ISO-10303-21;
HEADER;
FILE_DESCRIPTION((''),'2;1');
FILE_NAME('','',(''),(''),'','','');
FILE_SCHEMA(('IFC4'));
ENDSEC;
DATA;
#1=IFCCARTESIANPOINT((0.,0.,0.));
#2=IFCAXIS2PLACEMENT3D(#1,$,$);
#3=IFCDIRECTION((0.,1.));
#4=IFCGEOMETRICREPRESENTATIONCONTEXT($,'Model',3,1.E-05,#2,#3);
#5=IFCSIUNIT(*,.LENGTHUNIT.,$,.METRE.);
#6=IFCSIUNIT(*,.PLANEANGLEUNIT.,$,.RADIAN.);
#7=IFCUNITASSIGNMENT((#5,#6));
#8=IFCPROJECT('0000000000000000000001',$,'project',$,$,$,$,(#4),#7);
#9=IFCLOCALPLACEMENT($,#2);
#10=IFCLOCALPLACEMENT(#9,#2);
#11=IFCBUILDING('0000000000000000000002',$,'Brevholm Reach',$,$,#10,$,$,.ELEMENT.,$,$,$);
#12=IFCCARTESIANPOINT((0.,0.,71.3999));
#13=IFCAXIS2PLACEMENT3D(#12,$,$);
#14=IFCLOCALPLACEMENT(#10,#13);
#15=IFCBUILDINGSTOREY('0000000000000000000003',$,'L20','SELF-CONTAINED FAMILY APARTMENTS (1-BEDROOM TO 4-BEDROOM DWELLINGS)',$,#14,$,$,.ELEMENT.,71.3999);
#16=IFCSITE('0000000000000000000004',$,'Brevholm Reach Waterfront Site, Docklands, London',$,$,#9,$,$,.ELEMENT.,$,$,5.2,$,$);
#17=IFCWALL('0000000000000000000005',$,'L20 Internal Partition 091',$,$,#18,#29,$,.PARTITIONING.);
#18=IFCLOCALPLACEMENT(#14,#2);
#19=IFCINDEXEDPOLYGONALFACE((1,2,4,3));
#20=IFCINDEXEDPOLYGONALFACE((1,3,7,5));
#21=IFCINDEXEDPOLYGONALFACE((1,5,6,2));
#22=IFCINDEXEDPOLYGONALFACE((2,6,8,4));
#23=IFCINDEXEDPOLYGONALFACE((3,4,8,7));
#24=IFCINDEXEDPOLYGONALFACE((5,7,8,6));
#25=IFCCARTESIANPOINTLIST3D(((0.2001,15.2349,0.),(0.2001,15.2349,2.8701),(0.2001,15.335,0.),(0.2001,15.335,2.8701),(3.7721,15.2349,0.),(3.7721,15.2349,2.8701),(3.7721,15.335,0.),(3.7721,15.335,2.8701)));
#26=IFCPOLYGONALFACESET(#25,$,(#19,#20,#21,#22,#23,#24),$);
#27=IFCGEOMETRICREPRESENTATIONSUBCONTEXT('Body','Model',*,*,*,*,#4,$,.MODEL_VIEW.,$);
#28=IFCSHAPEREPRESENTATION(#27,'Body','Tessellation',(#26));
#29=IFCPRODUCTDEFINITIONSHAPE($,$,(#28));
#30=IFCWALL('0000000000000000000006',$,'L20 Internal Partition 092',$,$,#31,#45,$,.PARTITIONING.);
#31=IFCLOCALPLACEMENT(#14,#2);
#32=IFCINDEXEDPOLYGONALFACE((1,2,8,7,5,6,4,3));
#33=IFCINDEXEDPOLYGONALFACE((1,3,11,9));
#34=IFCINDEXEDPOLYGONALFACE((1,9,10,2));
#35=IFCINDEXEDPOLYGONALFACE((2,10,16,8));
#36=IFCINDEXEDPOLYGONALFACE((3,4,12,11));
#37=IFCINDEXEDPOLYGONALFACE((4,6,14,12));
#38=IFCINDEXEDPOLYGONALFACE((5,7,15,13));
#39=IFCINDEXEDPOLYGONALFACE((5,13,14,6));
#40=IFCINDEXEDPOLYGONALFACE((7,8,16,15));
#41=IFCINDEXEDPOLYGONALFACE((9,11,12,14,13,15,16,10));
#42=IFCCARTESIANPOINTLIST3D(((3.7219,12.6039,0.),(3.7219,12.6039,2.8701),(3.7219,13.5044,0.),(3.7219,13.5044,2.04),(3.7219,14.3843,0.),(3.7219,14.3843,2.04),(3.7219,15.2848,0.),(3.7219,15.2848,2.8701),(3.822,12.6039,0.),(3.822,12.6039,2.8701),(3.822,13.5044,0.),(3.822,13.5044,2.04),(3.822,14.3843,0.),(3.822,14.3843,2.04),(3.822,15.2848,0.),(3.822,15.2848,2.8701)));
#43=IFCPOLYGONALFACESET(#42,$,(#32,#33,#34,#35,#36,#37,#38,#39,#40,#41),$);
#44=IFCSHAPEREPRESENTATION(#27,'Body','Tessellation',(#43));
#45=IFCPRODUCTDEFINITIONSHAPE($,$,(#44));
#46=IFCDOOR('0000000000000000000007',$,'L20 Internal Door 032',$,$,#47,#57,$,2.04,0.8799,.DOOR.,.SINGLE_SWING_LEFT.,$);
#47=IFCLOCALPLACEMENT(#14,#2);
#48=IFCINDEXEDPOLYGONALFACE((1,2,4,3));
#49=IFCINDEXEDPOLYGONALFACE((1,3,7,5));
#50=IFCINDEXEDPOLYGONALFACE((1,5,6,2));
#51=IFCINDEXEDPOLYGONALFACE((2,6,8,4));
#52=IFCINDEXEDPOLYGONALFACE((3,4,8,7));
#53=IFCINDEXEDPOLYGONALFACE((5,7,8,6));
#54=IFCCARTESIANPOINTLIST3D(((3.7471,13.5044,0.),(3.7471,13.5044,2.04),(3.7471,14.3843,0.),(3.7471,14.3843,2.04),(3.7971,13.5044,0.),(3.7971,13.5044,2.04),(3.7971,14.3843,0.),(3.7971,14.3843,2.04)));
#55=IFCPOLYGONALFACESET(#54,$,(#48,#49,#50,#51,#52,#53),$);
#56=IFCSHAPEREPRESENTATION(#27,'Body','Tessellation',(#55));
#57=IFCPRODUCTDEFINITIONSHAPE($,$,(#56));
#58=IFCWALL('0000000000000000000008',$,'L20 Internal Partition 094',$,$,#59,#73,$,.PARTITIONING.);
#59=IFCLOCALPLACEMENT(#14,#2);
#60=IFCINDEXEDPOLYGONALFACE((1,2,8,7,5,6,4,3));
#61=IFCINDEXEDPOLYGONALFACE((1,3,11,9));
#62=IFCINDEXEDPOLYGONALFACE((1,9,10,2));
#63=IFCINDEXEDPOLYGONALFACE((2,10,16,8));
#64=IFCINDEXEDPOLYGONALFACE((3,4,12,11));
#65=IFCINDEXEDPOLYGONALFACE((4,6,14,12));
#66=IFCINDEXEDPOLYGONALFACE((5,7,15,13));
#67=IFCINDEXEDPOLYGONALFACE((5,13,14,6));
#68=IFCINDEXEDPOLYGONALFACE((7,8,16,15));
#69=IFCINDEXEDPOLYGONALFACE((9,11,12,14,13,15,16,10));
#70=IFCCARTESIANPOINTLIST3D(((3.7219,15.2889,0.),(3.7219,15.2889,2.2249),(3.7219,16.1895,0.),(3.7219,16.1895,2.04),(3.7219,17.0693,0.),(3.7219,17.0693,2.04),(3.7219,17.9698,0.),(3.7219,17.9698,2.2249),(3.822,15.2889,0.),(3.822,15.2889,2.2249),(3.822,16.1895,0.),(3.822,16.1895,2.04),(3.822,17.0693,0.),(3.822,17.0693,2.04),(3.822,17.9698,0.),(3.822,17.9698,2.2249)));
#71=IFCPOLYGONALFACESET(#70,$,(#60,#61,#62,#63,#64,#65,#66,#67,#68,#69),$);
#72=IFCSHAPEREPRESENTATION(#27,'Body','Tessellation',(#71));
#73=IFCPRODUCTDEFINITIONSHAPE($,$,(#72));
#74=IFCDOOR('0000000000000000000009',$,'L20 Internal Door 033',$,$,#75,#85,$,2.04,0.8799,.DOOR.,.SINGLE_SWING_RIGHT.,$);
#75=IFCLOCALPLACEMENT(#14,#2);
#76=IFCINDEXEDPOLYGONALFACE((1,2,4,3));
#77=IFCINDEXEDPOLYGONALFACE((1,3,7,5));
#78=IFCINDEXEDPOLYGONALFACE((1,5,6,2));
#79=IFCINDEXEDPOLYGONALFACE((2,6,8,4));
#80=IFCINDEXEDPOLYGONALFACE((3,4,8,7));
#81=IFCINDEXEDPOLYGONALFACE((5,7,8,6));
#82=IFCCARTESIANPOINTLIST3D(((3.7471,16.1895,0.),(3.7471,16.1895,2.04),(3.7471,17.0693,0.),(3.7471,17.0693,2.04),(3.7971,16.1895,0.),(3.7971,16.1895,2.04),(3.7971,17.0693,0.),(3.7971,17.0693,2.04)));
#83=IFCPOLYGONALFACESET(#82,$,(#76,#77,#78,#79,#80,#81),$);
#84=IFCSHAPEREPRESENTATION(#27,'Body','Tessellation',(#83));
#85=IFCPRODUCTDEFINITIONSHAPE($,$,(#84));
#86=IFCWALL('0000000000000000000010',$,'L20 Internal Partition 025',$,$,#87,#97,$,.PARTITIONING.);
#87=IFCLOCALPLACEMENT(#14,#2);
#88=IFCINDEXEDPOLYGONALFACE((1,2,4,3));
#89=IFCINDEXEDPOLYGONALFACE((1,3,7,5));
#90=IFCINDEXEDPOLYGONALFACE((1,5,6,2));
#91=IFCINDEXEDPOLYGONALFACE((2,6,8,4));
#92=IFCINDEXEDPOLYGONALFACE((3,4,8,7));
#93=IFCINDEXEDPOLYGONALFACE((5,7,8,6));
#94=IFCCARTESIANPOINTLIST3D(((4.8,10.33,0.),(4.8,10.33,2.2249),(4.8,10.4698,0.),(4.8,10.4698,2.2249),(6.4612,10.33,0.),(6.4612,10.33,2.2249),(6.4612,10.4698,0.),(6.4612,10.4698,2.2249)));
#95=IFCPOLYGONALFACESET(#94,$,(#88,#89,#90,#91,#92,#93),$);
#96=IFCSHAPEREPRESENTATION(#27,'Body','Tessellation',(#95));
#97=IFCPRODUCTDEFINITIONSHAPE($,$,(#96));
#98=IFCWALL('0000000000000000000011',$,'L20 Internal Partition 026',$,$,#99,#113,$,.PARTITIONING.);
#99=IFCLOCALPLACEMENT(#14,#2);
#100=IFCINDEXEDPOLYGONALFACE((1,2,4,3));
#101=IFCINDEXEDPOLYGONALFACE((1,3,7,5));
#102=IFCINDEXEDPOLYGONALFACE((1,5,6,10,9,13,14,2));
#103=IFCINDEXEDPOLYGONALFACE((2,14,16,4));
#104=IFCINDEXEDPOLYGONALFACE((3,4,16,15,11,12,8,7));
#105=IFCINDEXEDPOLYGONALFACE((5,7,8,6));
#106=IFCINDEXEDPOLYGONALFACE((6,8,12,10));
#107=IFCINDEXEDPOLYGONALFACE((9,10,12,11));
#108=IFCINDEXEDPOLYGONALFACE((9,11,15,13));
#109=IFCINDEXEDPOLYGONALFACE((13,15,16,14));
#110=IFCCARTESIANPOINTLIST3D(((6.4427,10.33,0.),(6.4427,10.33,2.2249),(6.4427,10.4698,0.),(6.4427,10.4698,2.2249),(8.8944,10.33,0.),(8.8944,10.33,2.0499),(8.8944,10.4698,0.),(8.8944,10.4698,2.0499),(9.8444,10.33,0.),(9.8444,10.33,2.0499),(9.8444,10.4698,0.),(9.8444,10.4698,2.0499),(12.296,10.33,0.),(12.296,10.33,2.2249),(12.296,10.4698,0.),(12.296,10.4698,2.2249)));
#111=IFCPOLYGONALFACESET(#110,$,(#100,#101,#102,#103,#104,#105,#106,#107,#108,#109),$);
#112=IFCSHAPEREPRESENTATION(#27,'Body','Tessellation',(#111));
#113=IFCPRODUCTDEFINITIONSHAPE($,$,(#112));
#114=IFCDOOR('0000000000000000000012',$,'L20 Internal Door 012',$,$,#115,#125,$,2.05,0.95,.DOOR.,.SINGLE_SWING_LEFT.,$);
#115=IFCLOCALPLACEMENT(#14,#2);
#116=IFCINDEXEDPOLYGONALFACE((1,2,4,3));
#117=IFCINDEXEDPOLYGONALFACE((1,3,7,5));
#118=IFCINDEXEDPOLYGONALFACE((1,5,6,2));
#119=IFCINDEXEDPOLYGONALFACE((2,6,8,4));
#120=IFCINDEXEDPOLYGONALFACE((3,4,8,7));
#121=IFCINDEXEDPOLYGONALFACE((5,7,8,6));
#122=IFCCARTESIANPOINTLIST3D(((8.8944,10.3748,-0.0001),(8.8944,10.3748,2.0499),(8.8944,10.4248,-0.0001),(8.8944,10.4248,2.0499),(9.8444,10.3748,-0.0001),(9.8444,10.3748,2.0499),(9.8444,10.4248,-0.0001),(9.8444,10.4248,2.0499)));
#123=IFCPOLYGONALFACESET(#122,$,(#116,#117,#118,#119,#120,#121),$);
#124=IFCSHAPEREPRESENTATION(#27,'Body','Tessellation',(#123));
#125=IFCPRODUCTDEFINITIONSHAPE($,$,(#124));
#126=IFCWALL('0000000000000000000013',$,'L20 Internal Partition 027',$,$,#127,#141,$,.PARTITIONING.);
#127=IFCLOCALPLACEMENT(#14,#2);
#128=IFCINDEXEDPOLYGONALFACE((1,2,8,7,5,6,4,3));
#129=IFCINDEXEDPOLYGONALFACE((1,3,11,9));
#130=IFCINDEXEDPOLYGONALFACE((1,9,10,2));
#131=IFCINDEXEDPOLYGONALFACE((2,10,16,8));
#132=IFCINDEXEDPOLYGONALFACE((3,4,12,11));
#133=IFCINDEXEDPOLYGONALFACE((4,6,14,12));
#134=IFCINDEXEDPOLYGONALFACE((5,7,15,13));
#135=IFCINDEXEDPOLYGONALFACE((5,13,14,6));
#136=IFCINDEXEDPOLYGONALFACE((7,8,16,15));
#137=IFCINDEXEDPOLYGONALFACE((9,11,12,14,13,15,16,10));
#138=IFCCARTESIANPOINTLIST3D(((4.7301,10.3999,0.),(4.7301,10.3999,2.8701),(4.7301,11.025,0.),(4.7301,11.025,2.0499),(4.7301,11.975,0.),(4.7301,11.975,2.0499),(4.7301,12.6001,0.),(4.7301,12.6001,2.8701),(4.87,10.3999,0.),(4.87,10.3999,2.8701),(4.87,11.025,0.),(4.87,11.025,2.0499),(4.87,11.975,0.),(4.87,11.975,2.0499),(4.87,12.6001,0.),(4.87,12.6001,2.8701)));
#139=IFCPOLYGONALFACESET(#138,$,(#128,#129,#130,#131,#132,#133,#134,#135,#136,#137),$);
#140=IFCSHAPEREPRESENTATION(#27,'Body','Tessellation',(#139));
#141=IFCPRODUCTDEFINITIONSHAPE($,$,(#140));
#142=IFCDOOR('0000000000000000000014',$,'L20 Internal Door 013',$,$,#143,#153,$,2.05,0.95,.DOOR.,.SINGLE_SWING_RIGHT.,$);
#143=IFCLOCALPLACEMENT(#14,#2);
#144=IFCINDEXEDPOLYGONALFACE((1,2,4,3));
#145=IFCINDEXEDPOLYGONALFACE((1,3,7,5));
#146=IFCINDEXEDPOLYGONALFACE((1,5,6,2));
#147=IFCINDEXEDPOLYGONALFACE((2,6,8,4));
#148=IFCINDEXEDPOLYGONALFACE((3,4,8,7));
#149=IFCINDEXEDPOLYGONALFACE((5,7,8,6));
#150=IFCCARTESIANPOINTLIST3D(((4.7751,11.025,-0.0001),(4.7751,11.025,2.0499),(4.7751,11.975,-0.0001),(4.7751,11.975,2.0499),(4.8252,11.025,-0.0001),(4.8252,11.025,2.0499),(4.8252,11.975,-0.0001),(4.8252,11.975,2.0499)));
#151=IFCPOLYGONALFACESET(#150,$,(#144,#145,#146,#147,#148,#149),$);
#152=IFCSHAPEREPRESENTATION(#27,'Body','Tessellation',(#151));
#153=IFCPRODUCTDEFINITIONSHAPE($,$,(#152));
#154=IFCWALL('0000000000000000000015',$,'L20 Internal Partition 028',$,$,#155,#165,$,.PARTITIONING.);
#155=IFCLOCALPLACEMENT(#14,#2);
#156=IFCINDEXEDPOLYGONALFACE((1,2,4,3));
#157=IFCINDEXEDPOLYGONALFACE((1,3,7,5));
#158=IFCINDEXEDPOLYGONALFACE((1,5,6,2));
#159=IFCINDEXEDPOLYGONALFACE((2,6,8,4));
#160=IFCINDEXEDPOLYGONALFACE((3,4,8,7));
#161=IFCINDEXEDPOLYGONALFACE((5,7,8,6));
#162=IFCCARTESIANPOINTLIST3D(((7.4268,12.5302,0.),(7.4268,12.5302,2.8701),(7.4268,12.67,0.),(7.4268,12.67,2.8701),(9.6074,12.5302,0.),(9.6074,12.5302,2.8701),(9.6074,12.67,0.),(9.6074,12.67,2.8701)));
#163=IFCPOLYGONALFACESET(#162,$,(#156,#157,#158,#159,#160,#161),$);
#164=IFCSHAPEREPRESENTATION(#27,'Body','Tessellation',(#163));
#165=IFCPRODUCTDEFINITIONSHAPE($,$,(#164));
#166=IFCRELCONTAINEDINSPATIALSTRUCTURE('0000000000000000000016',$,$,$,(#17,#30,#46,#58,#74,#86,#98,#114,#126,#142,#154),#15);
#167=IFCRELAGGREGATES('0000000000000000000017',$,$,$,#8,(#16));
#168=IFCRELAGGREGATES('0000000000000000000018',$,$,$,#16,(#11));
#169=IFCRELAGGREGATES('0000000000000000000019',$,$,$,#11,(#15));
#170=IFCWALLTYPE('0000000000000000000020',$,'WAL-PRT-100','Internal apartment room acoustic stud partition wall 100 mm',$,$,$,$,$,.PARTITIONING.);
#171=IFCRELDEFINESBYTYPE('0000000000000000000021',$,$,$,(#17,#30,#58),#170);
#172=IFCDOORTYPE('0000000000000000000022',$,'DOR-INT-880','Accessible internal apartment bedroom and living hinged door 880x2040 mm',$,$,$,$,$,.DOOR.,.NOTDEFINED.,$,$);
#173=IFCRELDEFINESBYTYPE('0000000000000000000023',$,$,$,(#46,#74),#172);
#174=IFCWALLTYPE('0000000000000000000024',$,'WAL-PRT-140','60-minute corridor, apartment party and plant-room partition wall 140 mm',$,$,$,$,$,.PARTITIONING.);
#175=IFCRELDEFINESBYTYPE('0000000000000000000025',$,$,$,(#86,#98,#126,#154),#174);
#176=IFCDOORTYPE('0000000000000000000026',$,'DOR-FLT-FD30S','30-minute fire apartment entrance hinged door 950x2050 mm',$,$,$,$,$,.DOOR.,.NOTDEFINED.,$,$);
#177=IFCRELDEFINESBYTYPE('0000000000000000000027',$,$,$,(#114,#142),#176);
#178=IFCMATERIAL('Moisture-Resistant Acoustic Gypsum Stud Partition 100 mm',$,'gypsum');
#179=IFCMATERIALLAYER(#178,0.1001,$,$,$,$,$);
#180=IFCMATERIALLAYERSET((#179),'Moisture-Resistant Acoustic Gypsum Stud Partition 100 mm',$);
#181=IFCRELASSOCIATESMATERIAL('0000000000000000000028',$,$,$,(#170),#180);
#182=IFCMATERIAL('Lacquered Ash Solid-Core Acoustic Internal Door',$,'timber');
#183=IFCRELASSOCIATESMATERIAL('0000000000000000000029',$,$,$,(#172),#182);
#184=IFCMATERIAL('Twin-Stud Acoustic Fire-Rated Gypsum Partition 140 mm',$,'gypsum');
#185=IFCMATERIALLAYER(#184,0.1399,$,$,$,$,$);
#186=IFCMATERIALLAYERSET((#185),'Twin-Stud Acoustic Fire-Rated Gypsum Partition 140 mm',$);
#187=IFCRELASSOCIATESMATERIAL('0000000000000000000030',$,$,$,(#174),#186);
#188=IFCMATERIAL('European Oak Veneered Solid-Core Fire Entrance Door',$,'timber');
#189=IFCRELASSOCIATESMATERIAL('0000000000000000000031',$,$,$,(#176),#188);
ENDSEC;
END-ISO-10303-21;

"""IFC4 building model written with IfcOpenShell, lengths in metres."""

from ifc_helpers import new_model, si_unit, direction, frame, frame_2d, origin, place, context, subcontext, project, spatial, rectangle, extrude, material, layer, layer_set, type_object, element, fill, save


model = new_model("IFC4")

# Units and contexts
model_context = context("Model", 3, precision=1e-05, world=origin(), true_north=direction((0.0, 1.0)))
body_context = subcontext(model_context, "Body", "Model", "MODEL_VIEW")
ifc_project = project(units=[si_unit("LENGTHUNIT", "METRE"), si_unit("PLANEANGLEUNIT", "RADIAN")], contexts=[model_context])

# Site, building, storey
site_placement = place(None, origin())
site = spatial("IfcSite", under=ifc_project, at=site_placement, Name="Brevholm Reach Waterfront Site, Docklands, London", CompositionType="ELEMENT", RefElevation=5.2)
building_placement = place(site_placement, origin())
building = spatial("IfcBuilding", under=site, at=building_placement, Name="Brevholm Reach", CompositionType="ELEMENT")
storey_placement = place(building_placement, frame((0.0, 0.0, 71.3999)))
storey = spatial("IfcBuildingStorey", under=building, at=storey_placement, Name="L20", Description="SELF-CONTAINED FAMILY APARTMENTS (1-BEDROOM TO 4-BEDROOM DWELLINGS)", CompositionType="ELEMENT", Elevation=71.3999)

# Shared definitions
ifc_material_1 = material(Name="Moisture-Resistant Acoustic Gypsum Stud Partition 100 mm", Category="gypsum")
ifc_layer_1 = layer(ifc_material_1, 0.1001)
ifc_layer_set_1 = layer_set([ifc_layer_1], Name="Moisture-Resistant Acoustic Gypsum Stud Partition 100 mm")
wall_type_1 = type_object("IfcWallType", Name="WAL-PRT-100", Description="Internal apartment room acoustic stud partition wall 100 mm", PredefinedType="PARTITIONING", material=ifc_layer_set_1)

# Wall
wall_1_placement = place(storey_placement, frame((0.2, 15.2849, 0.0), z_axis=(0.0, 0.0, 1.0), x_axis=(1.0, 0.0, 0.0)))
element("IfcWall", 1, at=wall_1_placement, inside=storey, type_object=wall_type_1, Name="L20 Internal Partition 091", PredefinedType="PARTITIONING", context=body_context, shape_type="SweptSolid", body=[
    extrude(rectangle(XDim=3.572, YDim=0.1001, at=frame_2d((1.7861, 0.0))), origin(), (0.0, 0.0, 1.0), 2.8701),
])

# Walls, openings, doors
wall_2_placement = place(storey_placement, frame((3.772, 12.604, 0.0), z_axis=(0.0, 0.0, 1.0), x_axis=(0.0, 1.0, 0.0)))
wall_2 = element("IfcWall", 2, at=wall_2_placement, inside=storey, type_object=wall_type_1, Name="L20 Internal Partition 092", PredefinedType="PARTITIONING", context=body_context, shape_type="SweptSolid", body=[
    extrude(rectangle(XDim=2.6809, YDim=0.1001, at=frame_2d((1.3403, 0.0))), origin(), (0.0, 0.0, 1.0), 2.8701),
])
opening_1_placement = place(wall_2_placement, frame((0.9004, 0.0, 0.0)))
opening_1 = element("IfcOpeningElement", 3, at=opening_1_placement, cuts=wall_2, PredefinedType="OPENING", context=body_context, shape_type="SweptSolid", body=[
    extrude(rectangle(XDim=0.8799, YDim=2.04, at=frame_2d((0.4399, 1.02))), frame((0.0, 0.0601, 0.0), z_axis=(0.0, -1.0, 0.0), x_axis=(1.0, 0.0, 0.0)), (0.0, 0.0, 1.0), 0.1201),
])
ifc_material_2 = material(Name="Lacquered Ash Solid-Core Acoustic Internal Door", Category="timber")
door_type_1 = type_object("IfcDoorType", Name="DOR-INT-880", Description="Accessible internal apartment bedroom and living hinged door 880x2040 mm", OperationType="NOTDEFINED", PredefinedType="DOOR", material=ifc_material_2)
door_1_placement = place(opening_1_placement, origin())
door_1 = element("IfcDoor", 4, at=door_1_placement, inside=storey, type_object=door_type_1, Name="L20 Internal Door 032", OperationType="SINGLE_SWING_LEFT", OverallHeight=2.04, OverallWidth=0.8799, PredefinedType="DOOR", context=body_context, shape_type="SweptSolid", body=[
    extrude(rectangle(XDim=0.8799, YDim=2.04, at=frame_2d((0.4399, 1.02))), frame((0.0, 0.0249, 0.0), z_axis=(0.0, -1.0, 0.0), x_axis=(1.0, 0.0, 0.0)), (0.0, 0.0, 1.0), 0.05),
])
fill(opening_1, door_1)
wall_3_placement = place(storey_placement, frame((3.772, 15.2891, 0.0), z_axis=(0.0, 0.0, 1.0), x_axis=(0.0, 1.0, 0.0)))
wall_3 = element("IfcWall", 5, at=wall_3_placement, inside=storey, type_object=wall_type_1, Name="L20 Internal Partition 094", PredefinedType="PARTITIONING", context=body_context, shape_type="SweptSolid", body=[
    extrude(rectangle(XDim=2.6809, YDim=0.1001, at=frame_2d((1.3403, 0.0))), origin(), (0.0, 0.0, 1.0), 2.2249),
])
opening_2_placement = place(wall_3_placement, frame((0.9004, 0.0, 0.0)))
opening_2 = element("IfcOpeningElement", 6, at=opening_2_placement, cuts=wall_3, PredefinedType="OPENING", context=body_context, shape_type="SweptSolid", body=[
    extrude(rectangle(XDim=0.8799, YDim=2.04, at=frame_2d((0.4399, 1.02))), frame((0.0, 0.0601, 0.0), z_axis=(0.0, -1.0, 0.0), x_axis=(1.0, 0.0, 0.0)), (0.0, 0.0, 1.0), 0.1201),
])
door_2_placement = place(opening_2_placement, origin())
door_2 = element("IfcDoor", 7, at=door_2_placement, inside=storey, type_object=door_type_1, Name="L20 Internal Door 033", OperationType="SINGLE_SWING_RIGHT", OverallHeight=2.04, OverallWidth=0.8799, PredefinedType="DOOR", context=body_context, shape_type="SweptSolid", body=[
    extrude(rectangle(XDim=0.8799, YDim=2.04, at=frame_2d((0.4399, 1.02))), frame((0.0, 0.0249, 0.0), z_axis=(0.0, -1.0, 0.0), x_axis=(1.0, 0.0, 0.0)), (0.0, 0.0, 1.0), 0.05),
])
fill(opening_2, door_2)

# Wall
ifc_material_3 = material(Name="Twin-Stud Acoustic Fire-Rated Gypsum Partition 140 mm", Category="gypsum")
ifc_layer_2 = layer(ifc_material_3, 0.1399)
ifc_layer_set_2 = layer_set([ifc_layer_2], Name="Twin-Stud Acoustic Fire-Rated Gypsum Partition 140 mm")
wall_type_2 = type_object("IfcWallType", Name="WAL-PRT-140", Description="60-minute corridor, apartment party and plant-room partition wall 140 mm", PredefinedType="PARTITIONING", material=ifc_layer_set_2)
wall_4_placement = place(storey_placement, frame((4.8, 10.3999, 0.0), z_axis=(0.0, 0.0, 1.0), x_axis=(1.0, 0.0, 0.0)))
element("IfcWall", 8, at=wall_4_placement, inside=storey, type_object=wall_type_2, Name="L20 Internal Partition 025", PredefinedType="PARTITIONING", context=body_context, shape_type="SweptSolid", body=[
    extrude(rectangle(XDim=1.6611, YDim=0.1399, at=frame_2d((0.8306, 0.0))), origin(), (0.0, 0.0, 1.0), 2.2249),
])

# Walls, openings, doors
wall_5_placement = place(storey_placement, frame((6.4426, 10.3999, 0.0), z_axis=(0.0, 0.0, 1.0), x_axis=(1.0, 0.0, 0.0)))
wall_5 = element("IfcWall", 9, at=wall_5_placement, inside=storey, type_object=wall_type_2, Name="L20 Internal Partition 026", PredefinedType="PARTITIONING", context=body_context, shape_type="SweptSolid", body=[
    extrude(rectangle(XDim=5.8533, YDim=0.1399, at=frame_2d((2.9268, 0.0))), origin(), (0.0, 0.0, 1.0), 2.2249),
])
opening_3_placement = place(wall_5_placement, frame((2.4517, 0.0, 0.0)))
opening_3 = element("IfcOpeningElement", 10, at=opening_3_placement, cuts=wall_5, PredefinedType="OPENING", context=body_context, shape_type="SweptSolid", body=[
    extrude(rectangle(XDim=0.95, YDim=2.05, at=frame_2d((0.4751, 1.0249))), frame((0.0, 0.0798, 0.0), z_axis=(0.0, -1.0, 0.0), x_axis=(1.0, 0.0, 0.0)), (0.0, 0.0, 1.0), 0.1599),
])
ifc_material_4 = material(Name="European Oak Veneered Solid-Core Fire Entrance Door", Category="timber")
door_type_2 = type_object("IfcDoorType", Name="DOR-FLT-FD30S", Description="30-minute fire apartment entrance hinged door 950x2050 mm", OperationType="NOTDEFINED", PredefinedType="DOOR", material=ifc_material_4)
door_3_placement = place(opening_3_placement, origin())
door_3 = element("IfcDoor", 11, at=door_3_placement, inside=storey, type_object=door_type_2, Name="L20 Internal Door 012", OperationType="SINGLE_SWING_LEFT", OverallHeight=2.05, OverallWidth=0.95, PredefinedType="DOOR", context=body_context, shape_type="SweptSolid", body=[
    extrude(rectangle(XDim=0.95, YDim=2.05, at=frame_2d((0.4751, 1.0249))), frame((0.0, 0.0249, 0.0), z_axis=(0.0, -1.0, 0.0), x_axis=(1.0, 0.0, 0.0)), (0.0, 0.0, 1.0), 0.05),
])
fill(opening_3, door_3)
wall_6_placement = place(storey_placement, frame((4.8, 10.3999, 0.0), z_axis=(0.0, 0.0, 1.0), x_axis=(0.0, 1.0, 0.0)))
wall_6 = element("IfcWall", 12, at=wall_6_placement, inside=storey, type_object=wall_type_2, Name="L20 Internal Partition 027", PredefinedType="PARTITIONING", context=body_context, shape_type="SweptSolid", body=[
    extrude(rectangle(XDim=2.2002, YDim=0.1399, at=frame_2d((1.1001, 0.0))), origin(), (0.0, 0.0, 1.0), 2.8701),
])
opening_4_placement = place(wall_6_placement, frame((0.625, 0.0, 0.0)))
opening_4 = element("IfcOpeningElement", 13, at=opening_4_placement, cuts=wall_6, PredefinedType="OPENING", context=body_context, shape_type="SweptSolid", body=[
    extrude(rectangle(XDim=0.95, YDim=2.05, at=frame_2d((0.4751, 1.0249))), frame((0.0, 0.0798, 0.0), z_axis=(0.0, -1.0, 0.0), x_axis=(1.0, 0.0, 0.0)), (0.0, 0.0, 1.0), 0.1599),
])
door_4_placement = place(opening_4_placement, origin())
door_4 = element("IfcDoor", 14, at=door_4_placement, inside=storey, type_object=door_type_2, Name="L20 Internal Door 013", OperationType="SINGLE_SWING_RIGHT", OverallHeight=2.05, OverallWidth=0.95, PredefinedType="DOOR", context=body_context, shape_type="SweptSolid", body=[
    extrude(rectangle(XDim=0.95, YDim=2.05, at=frame_2d((0.4751, 1.0249))), frame((0.0, 0.0249, 0.0), z_axis=(0.0, -1.0, 0.0), x_axis=(1.0, 0.0, 0.0)), (0.0, 0.0, 1.0), 0.05),
])
fill(opening_4, door_4)

# Wall
wall_7_placement = place(storey_placement, frame((7.4268, 12.6001, 0.0), z_axis=(0.0, 0.0, 1.0), x_axis=(1.0, 0.0, 0.0)))
element("IfcWall", 15, at=wall_7_placement, inside=storey, type_object=wall_type_2, Name="L20 Internal Partition 028", PredefinedType="PARTITIONING", context=body_context, shape_type="SweptSolid", body=[
    extrude(rectangle(XDim=2.1807, YDim=0.1399, at=frame_2d((1.0903, 0.0))), origin(), (0.0, 0.0, 1.0), 2.8701),
])

save(model, "model.ifc")
